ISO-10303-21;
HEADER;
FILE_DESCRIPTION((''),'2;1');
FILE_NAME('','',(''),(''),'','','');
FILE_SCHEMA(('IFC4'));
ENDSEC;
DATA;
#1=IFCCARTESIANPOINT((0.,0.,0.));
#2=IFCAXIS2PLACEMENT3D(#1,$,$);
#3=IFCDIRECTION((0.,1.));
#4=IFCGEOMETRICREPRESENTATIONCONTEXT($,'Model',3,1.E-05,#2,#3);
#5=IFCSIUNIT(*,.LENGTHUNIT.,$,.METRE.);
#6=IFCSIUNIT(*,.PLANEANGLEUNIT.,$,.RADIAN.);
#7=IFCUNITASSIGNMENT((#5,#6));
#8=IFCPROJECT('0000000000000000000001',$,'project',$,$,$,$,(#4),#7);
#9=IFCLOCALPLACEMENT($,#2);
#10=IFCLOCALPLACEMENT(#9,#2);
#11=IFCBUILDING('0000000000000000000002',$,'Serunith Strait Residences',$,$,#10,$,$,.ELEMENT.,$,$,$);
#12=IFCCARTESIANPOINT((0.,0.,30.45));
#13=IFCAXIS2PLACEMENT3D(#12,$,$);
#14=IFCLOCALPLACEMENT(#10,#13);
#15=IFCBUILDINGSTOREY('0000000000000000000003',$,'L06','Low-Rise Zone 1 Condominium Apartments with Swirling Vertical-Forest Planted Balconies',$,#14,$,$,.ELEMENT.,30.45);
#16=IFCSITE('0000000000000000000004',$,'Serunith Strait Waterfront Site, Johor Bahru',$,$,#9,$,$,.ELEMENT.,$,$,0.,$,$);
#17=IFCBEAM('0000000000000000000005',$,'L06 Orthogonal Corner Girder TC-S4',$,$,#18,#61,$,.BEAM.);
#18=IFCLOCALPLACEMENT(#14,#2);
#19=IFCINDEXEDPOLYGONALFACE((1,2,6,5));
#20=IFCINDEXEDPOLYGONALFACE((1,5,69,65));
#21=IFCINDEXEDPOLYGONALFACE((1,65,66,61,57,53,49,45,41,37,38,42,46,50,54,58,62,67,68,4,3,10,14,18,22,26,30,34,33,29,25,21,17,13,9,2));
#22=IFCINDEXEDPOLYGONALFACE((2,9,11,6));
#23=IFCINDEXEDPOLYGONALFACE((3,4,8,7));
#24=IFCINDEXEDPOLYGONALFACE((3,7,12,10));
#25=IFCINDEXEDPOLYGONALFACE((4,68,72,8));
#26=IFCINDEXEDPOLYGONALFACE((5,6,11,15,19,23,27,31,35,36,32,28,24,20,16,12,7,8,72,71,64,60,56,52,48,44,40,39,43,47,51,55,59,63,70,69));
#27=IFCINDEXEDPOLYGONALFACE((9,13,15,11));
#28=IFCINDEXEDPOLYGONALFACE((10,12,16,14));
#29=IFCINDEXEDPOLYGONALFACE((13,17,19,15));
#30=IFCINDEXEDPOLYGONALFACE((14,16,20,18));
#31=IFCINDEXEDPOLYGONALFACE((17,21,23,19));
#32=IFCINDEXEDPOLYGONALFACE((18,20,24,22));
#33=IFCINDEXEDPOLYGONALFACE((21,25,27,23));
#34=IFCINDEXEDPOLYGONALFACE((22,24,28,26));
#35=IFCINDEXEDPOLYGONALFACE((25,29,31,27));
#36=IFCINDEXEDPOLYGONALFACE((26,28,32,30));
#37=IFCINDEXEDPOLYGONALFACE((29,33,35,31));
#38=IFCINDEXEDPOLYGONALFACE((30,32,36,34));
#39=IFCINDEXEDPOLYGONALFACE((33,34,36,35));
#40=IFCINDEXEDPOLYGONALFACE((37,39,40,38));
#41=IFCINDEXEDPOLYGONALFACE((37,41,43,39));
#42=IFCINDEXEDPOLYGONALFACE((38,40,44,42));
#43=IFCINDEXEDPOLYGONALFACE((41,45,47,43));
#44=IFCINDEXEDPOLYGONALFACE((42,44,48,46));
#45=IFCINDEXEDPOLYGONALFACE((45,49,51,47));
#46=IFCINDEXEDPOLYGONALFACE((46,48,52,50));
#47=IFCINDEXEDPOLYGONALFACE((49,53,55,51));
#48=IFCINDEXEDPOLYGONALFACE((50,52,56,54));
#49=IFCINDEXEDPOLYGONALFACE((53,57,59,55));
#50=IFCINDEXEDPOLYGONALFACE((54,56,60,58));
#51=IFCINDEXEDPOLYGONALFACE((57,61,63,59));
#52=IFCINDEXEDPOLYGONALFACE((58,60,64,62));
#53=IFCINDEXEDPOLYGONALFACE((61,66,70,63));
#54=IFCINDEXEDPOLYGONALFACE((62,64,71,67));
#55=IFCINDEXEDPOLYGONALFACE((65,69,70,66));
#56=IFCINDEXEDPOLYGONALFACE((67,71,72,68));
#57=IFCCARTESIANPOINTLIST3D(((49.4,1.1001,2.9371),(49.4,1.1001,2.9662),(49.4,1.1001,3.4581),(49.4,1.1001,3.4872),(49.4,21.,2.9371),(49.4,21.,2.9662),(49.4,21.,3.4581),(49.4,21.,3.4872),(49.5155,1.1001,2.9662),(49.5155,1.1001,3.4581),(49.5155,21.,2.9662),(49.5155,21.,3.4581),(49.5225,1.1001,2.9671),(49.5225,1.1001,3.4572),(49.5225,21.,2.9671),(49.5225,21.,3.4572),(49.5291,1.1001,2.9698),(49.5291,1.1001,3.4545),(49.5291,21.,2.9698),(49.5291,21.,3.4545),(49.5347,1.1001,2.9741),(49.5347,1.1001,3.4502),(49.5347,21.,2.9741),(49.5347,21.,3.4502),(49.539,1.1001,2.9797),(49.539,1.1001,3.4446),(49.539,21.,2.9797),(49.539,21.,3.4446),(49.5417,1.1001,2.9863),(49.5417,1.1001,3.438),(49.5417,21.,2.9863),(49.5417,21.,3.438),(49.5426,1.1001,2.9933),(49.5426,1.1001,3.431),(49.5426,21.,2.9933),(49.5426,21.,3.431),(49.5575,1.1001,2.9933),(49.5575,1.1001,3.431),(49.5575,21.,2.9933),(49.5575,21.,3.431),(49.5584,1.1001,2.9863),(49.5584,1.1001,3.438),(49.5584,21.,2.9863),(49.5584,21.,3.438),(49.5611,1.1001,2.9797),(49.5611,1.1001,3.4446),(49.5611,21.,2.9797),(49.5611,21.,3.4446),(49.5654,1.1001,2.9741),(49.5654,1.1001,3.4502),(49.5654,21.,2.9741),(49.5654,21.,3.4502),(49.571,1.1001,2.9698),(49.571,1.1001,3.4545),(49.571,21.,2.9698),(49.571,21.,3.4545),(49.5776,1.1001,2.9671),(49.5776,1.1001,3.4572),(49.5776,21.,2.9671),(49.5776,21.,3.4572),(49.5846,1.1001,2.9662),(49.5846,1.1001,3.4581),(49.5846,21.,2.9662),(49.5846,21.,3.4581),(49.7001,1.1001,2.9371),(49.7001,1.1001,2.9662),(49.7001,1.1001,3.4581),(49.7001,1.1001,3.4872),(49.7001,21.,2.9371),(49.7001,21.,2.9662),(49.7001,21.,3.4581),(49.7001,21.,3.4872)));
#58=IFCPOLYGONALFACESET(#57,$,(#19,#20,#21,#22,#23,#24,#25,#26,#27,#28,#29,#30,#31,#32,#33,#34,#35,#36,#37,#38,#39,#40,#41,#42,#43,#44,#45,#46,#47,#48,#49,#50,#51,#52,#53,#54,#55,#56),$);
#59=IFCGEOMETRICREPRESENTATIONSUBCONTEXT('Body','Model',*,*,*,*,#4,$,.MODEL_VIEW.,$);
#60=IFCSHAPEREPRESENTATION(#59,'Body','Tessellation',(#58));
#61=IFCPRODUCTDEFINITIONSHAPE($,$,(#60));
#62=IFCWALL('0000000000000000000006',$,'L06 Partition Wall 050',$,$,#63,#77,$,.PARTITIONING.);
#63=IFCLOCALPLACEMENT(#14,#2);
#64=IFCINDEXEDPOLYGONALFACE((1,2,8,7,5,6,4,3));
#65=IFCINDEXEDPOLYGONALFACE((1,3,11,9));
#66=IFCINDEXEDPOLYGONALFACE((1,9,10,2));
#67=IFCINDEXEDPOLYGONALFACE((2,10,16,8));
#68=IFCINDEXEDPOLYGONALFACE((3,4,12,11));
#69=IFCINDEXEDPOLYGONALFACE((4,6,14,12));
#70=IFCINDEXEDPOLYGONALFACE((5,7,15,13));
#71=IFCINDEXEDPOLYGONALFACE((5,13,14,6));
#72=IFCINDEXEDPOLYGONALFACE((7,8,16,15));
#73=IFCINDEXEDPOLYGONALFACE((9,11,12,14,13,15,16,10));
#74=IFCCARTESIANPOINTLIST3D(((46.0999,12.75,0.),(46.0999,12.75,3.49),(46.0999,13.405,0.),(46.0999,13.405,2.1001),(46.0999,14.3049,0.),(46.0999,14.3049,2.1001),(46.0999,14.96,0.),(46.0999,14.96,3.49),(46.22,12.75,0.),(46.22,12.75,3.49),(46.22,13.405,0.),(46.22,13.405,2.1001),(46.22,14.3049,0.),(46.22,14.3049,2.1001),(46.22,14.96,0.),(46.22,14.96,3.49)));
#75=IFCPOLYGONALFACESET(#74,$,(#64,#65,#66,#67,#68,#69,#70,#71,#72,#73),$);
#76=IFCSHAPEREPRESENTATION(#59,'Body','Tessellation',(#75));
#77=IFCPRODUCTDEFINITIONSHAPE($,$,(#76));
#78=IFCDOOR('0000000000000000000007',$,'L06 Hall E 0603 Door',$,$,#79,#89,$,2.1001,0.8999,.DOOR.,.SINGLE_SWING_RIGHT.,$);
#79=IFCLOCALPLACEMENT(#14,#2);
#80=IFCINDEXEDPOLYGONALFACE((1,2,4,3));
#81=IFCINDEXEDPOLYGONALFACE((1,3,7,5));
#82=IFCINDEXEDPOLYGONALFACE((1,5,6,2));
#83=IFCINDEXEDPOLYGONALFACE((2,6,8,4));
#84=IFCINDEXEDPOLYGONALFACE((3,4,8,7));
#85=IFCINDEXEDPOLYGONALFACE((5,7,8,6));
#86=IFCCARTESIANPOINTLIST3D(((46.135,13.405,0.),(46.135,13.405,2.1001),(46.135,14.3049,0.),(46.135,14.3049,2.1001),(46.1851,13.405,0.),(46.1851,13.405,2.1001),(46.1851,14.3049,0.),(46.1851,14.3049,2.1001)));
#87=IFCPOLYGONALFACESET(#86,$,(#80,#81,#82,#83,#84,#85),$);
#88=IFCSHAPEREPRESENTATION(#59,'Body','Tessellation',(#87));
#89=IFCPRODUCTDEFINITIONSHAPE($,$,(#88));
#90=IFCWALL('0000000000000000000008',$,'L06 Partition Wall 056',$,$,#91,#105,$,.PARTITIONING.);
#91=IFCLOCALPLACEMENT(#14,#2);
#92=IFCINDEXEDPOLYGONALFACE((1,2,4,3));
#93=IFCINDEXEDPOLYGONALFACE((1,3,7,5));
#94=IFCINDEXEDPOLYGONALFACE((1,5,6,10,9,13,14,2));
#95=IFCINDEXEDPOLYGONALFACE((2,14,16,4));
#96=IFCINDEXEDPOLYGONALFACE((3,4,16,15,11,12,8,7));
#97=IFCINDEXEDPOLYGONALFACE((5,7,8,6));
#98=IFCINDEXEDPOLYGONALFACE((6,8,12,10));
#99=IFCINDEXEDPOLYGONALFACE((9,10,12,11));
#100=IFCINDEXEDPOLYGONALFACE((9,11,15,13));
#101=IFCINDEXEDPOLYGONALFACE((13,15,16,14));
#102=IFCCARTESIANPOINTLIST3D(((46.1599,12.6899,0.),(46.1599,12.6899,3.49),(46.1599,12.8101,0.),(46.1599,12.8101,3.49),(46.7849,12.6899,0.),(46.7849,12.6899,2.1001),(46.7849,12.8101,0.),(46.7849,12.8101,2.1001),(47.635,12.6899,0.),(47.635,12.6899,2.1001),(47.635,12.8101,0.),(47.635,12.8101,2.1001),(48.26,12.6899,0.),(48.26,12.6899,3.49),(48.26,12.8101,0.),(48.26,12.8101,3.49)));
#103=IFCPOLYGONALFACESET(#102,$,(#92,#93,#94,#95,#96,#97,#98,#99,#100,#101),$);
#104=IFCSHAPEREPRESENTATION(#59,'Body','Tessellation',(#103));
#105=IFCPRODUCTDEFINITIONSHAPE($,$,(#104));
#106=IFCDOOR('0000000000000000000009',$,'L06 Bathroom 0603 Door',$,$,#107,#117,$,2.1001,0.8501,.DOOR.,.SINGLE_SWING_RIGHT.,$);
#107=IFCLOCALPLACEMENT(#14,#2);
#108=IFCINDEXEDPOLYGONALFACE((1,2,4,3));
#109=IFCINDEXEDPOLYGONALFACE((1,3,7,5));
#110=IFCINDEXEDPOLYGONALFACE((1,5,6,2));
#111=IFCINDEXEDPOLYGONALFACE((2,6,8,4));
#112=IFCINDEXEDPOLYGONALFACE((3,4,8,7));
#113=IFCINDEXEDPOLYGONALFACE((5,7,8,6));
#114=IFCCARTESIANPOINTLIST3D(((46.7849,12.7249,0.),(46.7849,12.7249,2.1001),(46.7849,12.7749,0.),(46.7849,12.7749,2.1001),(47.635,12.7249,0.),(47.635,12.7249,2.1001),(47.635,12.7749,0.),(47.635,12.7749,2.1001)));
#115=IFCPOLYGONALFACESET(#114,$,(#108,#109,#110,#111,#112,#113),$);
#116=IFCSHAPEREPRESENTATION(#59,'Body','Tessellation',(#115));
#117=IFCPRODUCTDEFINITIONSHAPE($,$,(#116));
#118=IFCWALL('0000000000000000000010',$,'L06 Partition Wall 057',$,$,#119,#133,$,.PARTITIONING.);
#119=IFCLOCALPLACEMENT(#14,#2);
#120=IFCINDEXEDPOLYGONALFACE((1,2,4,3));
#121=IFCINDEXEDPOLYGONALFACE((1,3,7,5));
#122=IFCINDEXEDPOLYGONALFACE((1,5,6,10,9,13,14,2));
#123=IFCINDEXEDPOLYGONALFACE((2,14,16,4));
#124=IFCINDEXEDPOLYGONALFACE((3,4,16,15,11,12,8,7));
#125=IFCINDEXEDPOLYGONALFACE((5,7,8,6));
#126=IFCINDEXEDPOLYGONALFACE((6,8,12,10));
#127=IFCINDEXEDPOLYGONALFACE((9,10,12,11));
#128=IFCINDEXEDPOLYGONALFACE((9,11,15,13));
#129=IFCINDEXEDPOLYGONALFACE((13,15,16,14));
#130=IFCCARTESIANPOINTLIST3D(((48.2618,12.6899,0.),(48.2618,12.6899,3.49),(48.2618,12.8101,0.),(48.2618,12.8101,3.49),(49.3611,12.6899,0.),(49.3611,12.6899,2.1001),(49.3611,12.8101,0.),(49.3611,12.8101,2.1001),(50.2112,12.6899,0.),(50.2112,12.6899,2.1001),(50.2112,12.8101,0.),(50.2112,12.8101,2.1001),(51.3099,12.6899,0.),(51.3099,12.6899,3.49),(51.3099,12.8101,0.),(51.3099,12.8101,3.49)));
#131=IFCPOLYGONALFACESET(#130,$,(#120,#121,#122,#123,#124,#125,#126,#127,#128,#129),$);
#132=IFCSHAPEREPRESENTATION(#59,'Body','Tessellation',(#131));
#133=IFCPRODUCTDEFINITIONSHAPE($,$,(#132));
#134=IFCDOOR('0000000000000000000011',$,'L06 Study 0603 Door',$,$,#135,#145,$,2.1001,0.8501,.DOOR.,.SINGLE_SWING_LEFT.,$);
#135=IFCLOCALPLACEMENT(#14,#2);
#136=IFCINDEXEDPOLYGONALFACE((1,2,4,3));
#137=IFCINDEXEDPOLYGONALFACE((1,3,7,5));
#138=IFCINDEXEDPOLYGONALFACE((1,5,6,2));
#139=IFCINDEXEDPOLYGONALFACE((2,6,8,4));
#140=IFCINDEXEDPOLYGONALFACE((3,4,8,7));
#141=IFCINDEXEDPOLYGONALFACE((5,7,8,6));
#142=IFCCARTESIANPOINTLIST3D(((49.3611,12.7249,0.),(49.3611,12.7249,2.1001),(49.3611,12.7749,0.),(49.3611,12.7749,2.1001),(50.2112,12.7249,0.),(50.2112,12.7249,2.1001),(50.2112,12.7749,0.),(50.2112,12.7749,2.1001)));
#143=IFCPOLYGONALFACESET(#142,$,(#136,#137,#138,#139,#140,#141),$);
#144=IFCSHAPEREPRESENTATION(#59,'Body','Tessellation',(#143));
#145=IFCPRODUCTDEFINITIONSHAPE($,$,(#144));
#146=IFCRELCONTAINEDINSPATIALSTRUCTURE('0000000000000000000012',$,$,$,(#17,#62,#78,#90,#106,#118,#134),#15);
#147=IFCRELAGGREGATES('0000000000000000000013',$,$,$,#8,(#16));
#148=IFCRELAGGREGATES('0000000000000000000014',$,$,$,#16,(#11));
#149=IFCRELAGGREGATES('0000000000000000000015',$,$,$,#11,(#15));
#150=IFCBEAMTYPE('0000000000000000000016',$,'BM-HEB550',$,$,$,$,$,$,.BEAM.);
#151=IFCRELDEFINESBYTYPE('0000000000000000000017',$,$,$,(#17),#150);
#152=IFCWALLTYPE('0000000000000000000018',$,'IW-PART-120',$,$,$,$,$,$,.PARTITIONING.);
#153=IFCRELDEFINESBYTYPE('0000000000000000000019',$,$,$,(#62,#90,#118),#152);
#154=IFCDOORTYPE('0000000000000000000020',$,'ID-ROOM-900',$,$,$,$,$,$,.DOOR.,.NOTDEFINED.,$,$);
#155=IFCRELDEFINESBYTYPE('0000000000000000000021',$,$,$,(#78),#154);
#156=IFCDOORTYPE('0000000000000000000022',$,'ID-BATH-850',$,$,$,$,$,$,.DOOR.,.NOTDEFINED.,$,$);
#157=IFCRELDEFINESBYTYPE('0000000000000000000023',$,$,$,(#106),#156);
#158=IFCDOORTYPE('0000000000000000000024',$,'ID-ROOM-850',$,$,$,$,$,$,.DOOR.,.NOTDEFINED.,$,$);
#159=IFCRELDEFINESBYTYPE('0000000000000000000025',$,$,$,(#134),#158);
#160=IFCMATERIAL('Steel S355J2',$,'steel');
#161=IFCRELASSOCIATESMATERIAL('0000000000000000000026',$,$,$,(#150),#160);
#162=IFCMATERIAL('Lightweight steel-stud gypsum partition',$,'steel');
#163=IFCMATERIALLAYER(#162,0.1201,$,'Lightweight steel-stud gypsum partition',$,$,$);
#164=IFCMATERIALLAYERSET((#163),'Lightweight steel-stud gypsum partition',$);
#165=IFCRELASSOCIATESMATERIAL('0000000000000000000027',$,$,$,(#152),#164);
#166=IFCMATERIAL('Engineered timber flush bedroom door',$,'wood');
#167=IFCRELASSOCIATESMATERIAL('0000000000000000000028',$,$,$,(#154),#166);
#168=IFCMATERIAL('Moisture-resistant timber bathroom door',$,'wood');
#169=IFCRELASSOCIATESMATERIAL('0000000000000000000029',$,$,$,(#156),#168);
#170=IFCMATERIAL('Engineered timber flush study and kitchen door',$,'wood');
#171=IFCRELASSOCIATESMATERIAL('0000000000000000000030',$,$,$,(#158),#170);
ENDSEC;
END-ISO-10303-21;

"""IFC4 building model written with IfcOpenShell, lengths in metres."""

from ifc_helpers import new_model, si_unit, direction, frame, frame_2d, origin, origin_2d, place, context, subcontext, project, spatial, rectangle, i_section, extrude, source, transform, mapped, material, layer, layer_set, material_profile, profile_set, type_object, element, fill, save


model = new_model("IFC4")

# Units and contexts
model_context = context("Model", 3, precision=1e-05, world=origin(), true_north=direction((0.0, 1.0)))
body_context = subcontext(model_context, "Body", "Model", "MODEL_VIEW")
ifc_project = project(units=[si_unit("LENGTHUNIT", "METRE"), si_unit("PLANEANGLEUNIT", "RADIAN")], contexts=[model_context])

# Site, building, storey
site_placement = place(None, origin())
site = spatial("IfcSite", under=ifc_project, at=site_placement, Name="Serunith Strait Waterfront Site, Johor Bahru", CompositionType="ELEMENT", RefElevation=0.0)
building_placement = place(site_placement, origin())
building = spatial("IfcBuilding", under=site, at=building_placement, Name="Serunith Strait Residences", CompositionType="ELEMENT")
storey_placement = place(building_placement, frame((0.0, 0.0, 30.45)))
storey = spatial("IfcBuildingStorey", under=building, at=storey_placement, Name="L06", Description="Low-Rise Zone 1 Condominium Apartments with Swirling Vertical-Forest Planted Balconies", CompositionType="ELEMENT", Elevation=30.45)

# Beam
ifc_material_1 = material(Name="Steel S355J2", Category="steel")
ifc_material_profile = material_profile(ifc_material_1, i_section(OverallWidth=0.3, OverallDepth=0.55, WebThickness=0.0149, FlangeThickness=0.0291, FilletRadius=0.0271, at=origin_2d()), Name="HEB 550")
ifc_profile_set = profile_set([ifc_material_profile], Name="Steel S355J2")
beam_type = type_object("IfcBeamType", Name="BM-HEB550", PredefinedType="BEAM", material=ifc_profile_set)
shared_shape_1 = source(origin(), body_context, "Body", "SweptSolid", [
    extrude(i_section(OverallWidth=0.3, OverallDepth=0.55, WebThickness=0.0149, FlangeThickness=0.0291, FilletRadius=0.0271, at=origin_2d()), origin(), (0.0, 0.0, 1.0), 19.8999),
])
beam_placement = place(storey_placement, frame((49.55, 21.0, 3.2122), z_axis=(0.0, -1.0, 0.0), x_axis=(1.0, 0.0, 0.0)))
element("IfcBeam", 1, at=beam_placement, inside=storey, type_object=beam_type, Name="L06 Orthogonal Corner Girder TC-S4", PredefinedType="BEAM", context=body_context, shape_type="MappedRepresentation", body=[
    mapped(shared_shape_1, transform((0.0, 0.0, 0.0), scale=1.0)),
])

# Walls, openings, doors
ifc_material_2 = material(Name="Lightweight steel-stud gypsum partition", Category="steel")
ifc_layer = layer(ifc_material_2, 0.1201, Name="Lightweight steel-stud gypsum partition")
ifc_layer_set = layer_set([ifc_layer], Name="Lightweight steel-stud gypsum partition")
wall_type = type_object("IfcWallType", Name="IW-PART-120", PredefinedType="PARTITIONING", material=ifc_layer_set)
wall_1_placement = place(storey_placement, frame((46.1599, 12.75, 0.0), z_axis=(0.0, 0.0, 1.0), x_axis=(0.0, 1.0, 0.0)))
wall_1 = element("IfcWall", 2, at=wall_1_placement, inside=storey, type_object=wall_type, Name="L06 Partition Wall 050", PredefinedType="PARTITIONING", context=body_context, shape_type="SweptSolid", body=[
    extrude(rectangle(XDim=2.21, YDim=0.1201, at=frame_2d((1.105, 0.0))), origin(), (0.0, 0.0, 1.0), 3.49),
])
opening_1_placement = place(wall_1_placement, frame((0.655, 0.0, 0.0)))
opening_1 = element("IfcOpeningElement", 3, at=opening_1_placement, cuts=wall_1, PredefinedType="OPENING", context=body_context, shape_type="SweptSolid", body=[
    extrude(rectangle(XDim=0.8999, YDim=2.1001, at=frame_2d((0.45, 1.05))), frame((0.0, 0.0701, 0.0), z_axis=(0.0, -1.0, 0.0), x_axis=(1.0, 0.0, 0.0)), (0.0, 0.0, 1.0), 0.1401),
])
ifc_material_3 = material(Name="Engineered timber flush bedroom door", Category="wood")
door_type_1 = type_object("IfcDoorType", Name="ID-ROOM-900", OperationType="NOTDEFINED", PredefinedType="DOOR", material=ifc_material_3)
shared_shape_2 = source(origin(), body_context, "Body", "SweptSolid", [
    extrude(rectangle(XDim=0.8999, YDim=2.1001, at=frame_2d((0.45, 1.05))), frame((0.0, 0.0249, 0.0), z_axis=(0.0, -1.0, 0.0), x_axis=(1.0, 0.0, 0.0)), (0.0, 0.0, 1.0), 0.05),
])
door_1_placement = place(opening_1_placement, origin())
door_1 = element("IfcDoor", 4, at=door_1_placement, inside=storey, type_object=door_type_1, Name="L06 Hall E 0603 Door", OperationType="SINGLE_SWING_RIGHT", OverallHeight=2.1001, OverallWidth=0.8999, PredefinedType="DOOR", context=body_context, shape_type="MappedRepresentation", body=[
    mapped(shared_shape_2, transform((0.0, 0.0, 0.0), scale=1.0)),
])
fill(opening_1, door_1)
wall_2_placement = place(storey_placement, frame((46.1599, 12.75, 0.0), z_axis=(0.0, 0.0, 1.0), x_axis=(1.0, 0.0, 0.0)))
wall_2 = element("IfcWall", 5, at=wall_2_placement, inside=storey, type_object=wall_type, Name="L06 Partition Wall 056", PredefinedType="PARTITIONING", context=body_context, shape_type="SweptSolid", body=[
    extrude(rectangle(XDim=2.1001, YDim=0.1201, at=frame_2d((1.05, 0.0))), origin(), (0.0, 0.0, 1.0), 3.49),
])
opening_2_placement = place(wall_2_placement, frame((0.625, 0.0, 0.0)))
opening_2 = element("IfcOpeningElement", 6, at=opening_2_placement, cuts=wall_2, PredefinedType="OPENING", context=body_context, shape_type="SweptSolid", body=[
    extrude(rectangle(XDim=0.8501, YDim=2.1001, at=frame_2d((0.425, 1.05))), frame((0.0, 0.0701, 0.0), z_axis=(0.0, -1.0, 0.0), x_axis=(1.0, 0.0, 0.0)), (0.0, 0.0, 1.0), 0.1401),
])
ifc_material_4 = material(Name="Moisture-resistant timber bathroom door", Category="wood")
door_type_2 = type_object("IfcDoorType", Name="ID-BATH-850", OperationType="NOTDEFINED", PredefinedType="DOOR", material=ifc_material_4)
shared_shape_3 = source(origin(), body_context, "Body", "SweptSolid", [
    extrude(rectangle(XDim=0.8501, YDim=2.1001, at=frame_2d((0.425, 1.05))), frame((0.0, 0.0249, 0.0), z_axis=(0.0, -1.0, 0.0), x_axis=(1.0, 0.0, 0.0)), (0.0, 0.0, 1.0), 0.05),
])
door_2_placement = place(opening_2_placement, origin())
door_2 = element("IfcDoor", 7, at=door_2_placement, inside=storey, type_object=door_type_2, Name="L06 Bathroom 0603 Door", OperationType="SINGLE_SWING_RIGHT", OverallHeight=2.1001, OverallWidth=0.8501, PredefinedType="DOOR", context=body_context, shape_type="MappedRepresentation", body=[
    mapped(shared_shape_3, transform((0.0, 0.0, 0.0), scale=1.0)),
])
fill(opening_2, door_2)
wall_3_placement = place(storey_placement, frame((48.262, 12.75, 0.0), z_axis=(0.0, 0.0, 1.0), x_axis=(1.0, 0.0, 0.0)))
wall_3 = element("IfcWall", 8, at=wall_3_placement, inside=storey, type_object=wall_type, Name="L06 Partition Wall 057", PredefinedType="PARTITIONING", context=body_context, shape_type="SweptSolid", body=[
    extrude(rectangle(XDim=3.0481, YDim=0.1201, at=frame_2d((1.5239, 0.0))), origin(), (0.0, 0.0, 1.0), 3.49),
])
opening_3_placement = place(wall_3_placement, frame((1.0991, 0.0, 0.0)))
opening_3 = element("IfcOpeningElement", 9, at=opening_3_placement, cuts=wall_3, PredefinedType="OPENING", context=body_context, shape_type="SweptSolid", body=[
    extrude(rectangle(XDim=0.8501, YDim=2.1001, at=frame_2d((0.425, 1.05))), frame((0.0, 0.0701, 0.0), z_axis=(0.0, -1.0, 0.0), x_axis=(1.0, 0.0, 0.0)), (0.0, 0.0, 1.0), 0.1401),
])
ifc_material_5 = material(Name="Engineered timber flush study and kitchen door", Category="wood")
door_type_3 = type_object("IfcDoorType", Name="ID-ROOM-850", OperationType="NOTDEFINED", PredefinedType="DOOR", material=ifc_material_5)
door_3_placement = place(opening_3_placement, origin())
door_3 = element("IfcDoor", 10, at=door_3_placement, inside=storey, type_object=door_type_3, Name="L06 Study 0603 Door", OperationType="SINGLE_SWING_LEFT", OverallHeight=2.1001, OverallWidth=0.8501, PredefinedType="DOOR", context=body_context, shape_type="MappedRepresentation", body=[
    mapped(shared_shape_3, transform((0.0, 0.0, 0.0), scale=1.0)),
])
fill(opening_3, door_3)

save(model, "model.ifc")
